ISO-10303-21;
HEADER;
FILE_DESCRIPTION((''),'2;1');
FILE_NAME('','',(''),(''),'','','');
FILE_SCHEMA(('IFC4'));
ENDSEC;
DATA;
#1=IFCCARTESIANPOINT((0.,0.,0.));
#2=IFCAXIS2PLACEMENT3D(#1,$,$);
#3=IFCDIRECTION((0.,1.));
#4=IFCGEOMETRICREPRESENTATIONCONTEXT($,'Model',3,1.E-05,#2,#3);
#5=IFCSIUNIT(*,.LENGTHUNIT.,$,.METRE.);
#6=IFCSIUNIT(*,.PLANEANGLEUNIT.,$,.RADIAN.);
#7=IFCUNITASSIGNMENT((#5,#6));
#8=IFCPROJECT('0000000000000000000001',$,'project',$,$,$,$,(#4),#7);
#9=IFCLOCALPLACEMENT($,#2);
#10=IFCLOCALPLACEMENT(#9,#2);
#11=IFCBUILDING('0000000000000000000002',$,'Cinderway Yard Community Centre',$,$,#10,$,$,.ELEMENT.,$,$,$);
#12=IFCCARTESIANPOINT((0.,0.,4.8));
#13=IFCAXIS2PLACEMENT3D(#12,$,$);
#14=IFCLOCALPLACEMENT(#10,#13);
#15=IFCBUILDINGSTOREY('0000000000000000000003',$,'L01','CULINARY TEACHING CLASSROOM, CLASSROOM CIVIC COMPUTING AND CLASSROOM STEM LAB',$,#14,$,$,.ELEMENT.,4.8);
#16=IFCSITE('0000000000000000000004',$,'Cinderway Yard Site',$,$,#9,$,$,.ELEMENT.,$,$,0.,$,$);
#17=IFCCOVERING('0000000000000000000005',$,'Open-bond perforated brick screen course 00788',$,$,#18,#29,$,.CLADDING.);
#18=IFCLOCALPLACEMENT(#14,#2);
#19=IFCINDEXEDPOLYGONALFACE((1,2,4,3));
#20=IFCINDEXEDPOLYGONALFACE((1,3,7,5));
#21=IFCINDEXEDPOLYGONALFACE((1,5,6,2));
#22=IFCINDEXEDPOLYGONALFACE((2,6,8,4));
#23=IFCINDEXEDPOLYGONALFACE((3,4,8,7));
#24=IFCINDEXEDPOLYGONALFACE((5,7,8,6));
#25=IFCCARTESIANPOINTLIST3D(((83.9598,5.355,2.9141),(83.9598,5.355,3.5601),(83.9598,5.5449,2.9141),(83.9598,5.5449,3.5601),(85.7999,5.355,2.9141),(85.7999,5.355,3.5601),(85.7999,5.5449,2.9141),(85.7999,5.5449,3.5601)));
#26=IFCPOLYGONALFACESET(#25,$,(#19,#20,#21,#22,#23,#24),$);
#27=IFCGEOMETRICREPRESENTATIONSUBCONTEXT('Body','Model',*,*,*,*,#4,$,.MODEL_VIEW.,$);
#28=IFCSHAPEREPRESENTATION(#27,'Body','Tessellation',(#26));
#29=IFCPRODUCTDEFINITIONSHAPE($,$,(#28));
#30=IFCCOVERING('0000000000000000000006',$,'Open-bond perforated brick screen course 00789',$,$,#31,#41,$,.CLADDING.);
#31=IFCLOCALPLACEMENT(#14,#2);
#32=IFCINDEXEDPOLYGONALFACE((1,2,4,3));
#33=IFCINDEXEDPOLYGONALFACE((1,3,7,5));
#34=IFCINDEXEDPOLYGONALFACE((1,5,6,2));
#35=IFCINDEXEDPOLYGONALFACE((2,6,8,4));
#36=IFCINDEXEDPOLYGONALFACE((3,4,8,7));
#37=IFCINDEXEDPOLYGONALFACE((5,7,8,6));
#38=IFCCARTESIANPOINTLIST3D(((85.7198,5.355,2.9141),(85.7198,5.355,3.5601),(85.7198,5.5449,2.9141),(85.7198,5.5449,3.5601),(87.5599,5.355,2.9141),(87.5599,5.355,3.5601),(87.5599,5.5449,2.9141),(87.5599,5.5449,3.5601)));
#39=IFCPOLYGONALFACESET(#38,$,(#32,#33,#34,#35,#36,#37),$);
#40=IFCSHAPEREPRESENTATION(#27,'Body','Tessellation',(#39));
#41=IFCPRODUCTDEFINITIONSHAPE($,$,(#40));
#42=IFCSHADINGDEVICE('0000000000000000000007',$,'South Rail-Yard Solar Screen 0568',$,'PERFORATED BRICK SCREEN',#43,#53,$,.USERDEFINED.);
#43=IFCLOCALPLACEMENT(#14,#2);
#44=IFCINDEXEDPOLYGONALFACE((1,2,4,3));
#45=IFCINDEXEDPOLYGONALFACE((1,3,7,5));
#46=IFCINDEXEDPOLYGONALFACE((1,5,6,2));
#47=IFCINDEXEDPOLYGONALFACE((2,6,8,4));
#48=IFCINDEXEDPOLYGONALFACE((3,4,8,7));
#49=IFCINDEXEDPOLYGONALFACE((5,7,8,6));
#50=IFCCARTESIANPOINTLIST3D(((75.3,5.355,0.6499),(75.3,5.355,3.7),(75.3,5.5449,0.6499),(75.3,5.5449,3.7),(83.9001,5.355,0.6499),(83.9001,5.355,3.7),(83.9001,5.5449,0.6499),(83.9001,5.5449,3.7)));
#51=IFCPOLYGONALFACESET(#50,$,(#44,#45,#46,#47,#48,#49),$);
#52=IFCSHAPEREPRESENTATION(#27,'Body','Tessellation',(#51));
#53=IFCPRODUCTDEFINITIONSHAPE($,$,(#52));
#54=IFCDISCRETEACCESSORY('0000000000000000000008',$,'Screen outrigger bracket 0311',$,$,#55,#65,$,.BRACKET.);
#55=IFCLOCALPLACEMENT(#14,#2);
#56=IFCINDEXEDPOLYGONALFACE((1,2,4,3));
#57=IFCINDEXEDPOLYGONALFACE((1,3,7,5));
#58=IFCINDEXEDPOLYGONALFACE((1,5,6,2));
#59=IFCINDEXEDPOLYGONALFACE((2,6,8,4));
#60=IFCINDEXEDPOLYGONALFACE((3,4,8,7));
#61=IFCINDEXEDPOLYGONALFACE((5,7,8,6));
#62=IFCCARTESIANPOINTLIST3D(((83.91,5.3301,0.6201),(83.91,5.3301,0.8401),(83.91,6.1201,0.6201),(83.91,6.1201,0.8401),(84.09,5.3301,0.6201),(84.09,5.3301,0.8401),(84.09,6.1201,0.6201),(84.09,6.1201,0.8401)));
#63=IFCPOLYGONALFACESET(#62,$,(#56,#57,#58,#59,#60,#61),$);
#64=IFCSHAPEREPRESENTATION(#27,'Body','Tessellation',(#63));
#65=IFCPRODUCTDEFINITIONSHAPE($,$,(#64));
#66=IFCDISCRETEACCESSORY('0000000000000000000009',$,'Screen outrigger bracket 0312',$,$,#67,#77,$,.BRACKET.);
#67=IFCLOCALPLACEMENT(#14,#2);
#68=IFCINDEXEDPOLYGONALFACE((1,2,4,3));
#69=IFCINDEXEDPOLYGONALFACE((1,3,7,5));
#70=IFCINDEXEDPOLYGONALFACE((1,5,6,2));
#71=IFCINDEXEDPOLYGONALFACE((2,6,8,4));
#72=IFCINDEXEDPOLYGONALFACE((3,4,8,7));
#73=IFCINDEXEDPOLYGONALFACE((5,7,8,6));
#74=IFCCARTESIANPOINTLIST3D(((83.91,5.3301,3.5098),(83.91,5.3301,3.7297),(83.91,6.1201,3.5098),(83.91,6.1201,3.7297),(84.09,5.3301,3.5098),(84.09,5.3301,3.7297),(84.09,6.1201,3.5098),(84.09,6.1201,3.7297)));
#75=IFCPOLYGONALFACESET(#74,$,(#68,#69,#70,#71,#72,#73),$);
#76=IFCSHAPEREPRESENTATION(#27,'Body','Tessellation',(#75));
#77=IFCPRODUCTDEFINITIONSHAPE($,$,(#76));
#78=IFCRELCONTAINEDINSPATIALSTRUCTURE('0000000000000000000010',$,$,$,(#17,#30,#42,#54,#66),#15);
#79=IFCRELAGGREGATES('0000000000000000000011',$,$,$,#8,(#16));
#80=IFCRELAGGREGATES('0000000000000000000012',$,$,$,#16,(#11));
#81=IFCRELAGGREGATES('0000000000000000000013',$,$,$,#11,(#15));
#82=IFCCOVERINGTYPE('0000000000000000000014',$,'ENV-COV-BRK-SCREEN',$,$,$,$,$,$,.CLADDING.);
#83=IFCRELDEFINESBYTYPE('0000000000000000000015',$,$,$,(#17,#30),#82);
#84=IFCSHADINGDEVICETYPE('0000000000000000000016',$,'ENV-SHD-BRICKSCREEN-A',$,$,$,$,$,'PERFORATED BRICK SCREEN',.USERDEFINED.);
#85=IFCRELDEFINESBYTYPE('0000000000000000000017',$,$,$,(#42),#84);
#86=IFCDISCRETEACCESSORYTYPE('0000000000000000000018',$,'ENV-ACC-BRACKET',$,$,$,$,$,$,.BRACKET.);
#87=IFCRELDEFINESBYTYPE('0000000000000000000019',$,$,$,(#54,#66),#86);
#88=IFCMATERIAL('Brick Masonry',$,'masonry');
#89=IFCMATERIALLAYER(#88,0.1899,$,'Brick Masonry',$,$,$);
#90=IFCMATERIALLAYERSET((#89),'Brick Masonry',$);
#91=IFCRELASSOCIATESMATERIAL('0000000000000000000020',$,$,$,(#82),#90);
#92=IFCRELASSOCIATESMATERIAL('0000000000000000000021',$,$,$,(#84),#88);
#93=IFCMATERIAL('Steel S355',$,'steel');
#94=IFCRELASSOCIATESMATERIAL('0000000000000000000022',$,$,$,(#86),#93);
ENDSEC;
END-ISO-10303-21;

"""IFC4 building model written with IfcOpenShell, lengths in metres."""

from ifc_helpers import new_model, si_unit, direction, frame, origin, origin_2d, place, context, subcontext, project, spatial, rectangle, extrude, material, layer, layer_set, type_object, element, save


model = new_model("IFC4")

# Units and contexts
model_context = context("Model", 3, precision=1e-05, world=origin(), true_north=direction((0.0, 1.0)))
body_context = subcontext(model_context, "Body", "Model", "MODEL_VIEW")
ifc_project = project(units=[si_unit("LENGTHUNIT", "METRE"), si_unit("PLANEANGLEUNIT", "RADIAN")], contexts=[model_context])

# Site, building, storey
site_placement = place(None, origin())
site = spatial("IfcSite", under=ifc_project, at=site_placement, Name="Cinderway Yard Site", CompositionType="ELEMENT", RefElevation=0.0)
building_placement = place(site_placement, origin())
building = spatial("IfcBuilding", under=site, at=building_placement, Name="Cinderway Yard Community Centre", CompositionType="ELEMENT")
storey_placement = place(building_placement, frame((0.0, 0.0, 4.8)))
storey = spatial("IfcBuildingStorey", under=building, at=storey_placement, Name="L01", Description="CULINARY TEACHING CLASSROOM, CLASSROOM CIVIC COMPUTING AND CLASSROOM STEM LAB", CompositionType="ELEMENT", Elevation=4.8)

# Shared definitions
ifc_material_1 = material(Name="Steel S355", Category="steel")

# Shared definitions
ifc_material_2 = material(Name="Brick Masonry", Category="masonry")

# Coverings
ifc_layer_1 = layer(ifc_material_2, 0.1899, Name="Brick Masonry")
ifc_layer_set_1 = layer_set([ifc_layer_1], Name="Brick Masonry")
covering_type = type_object("IfcCoveringType", Name="ENV-COV-BRK-SCREEN", PredefinedType="CLADDING", material=ifc_layer_set_1)
for number, where, z_axis, x_axis, name in (
    (1, (84.8799, 5.45, 2.9141), (0.0, 0.0, 1.0), (-1.0, 0.0, 0.0), "Open-bond perforated brick screen course 00788"),
    (2, (86.6399, 5.45, 2.9141), (0.0, 0.0, 1.0), (-1.0, 0.0, 0.0), "Open-bond perforated brick screen course 00789"),
):
    element("IfcCovering", number, at=place(storey_placement, frame(where, z_axis=z_axis, x_axis=x_axis)), inside=storey, type_object=covering_type, Name=name, PredefinedType="CLADDING", context=body_context, shape_type="SweptSolid", body=[
        extrude(rectangle(XDim=1.8401, YDim=0.1899, at=origin_2d()), origin(), (0.0, 0.0, 1.0), 0.646),
    ])

# Shading device
shading_device_type = type_object("IfcShadingDeviceType", Name="ENV-SHD-BRICKSCREEN-A", ElementType="PERFORATED BRICK SCREEN", PredefinedType="USERDEFINED", material=ifc_material_2)
shading_device_placement = place(storey_placement, frame((79.6001, 5.45, 0.6499), z_axis=(0.0, 0.0, 1.0), x_axis=(-1.0, 0.0, 0.0)))
element("IfcShadingDevice", 3, at=shading_device_placement, inside=storey, type_object=shading_device_type, Name="South Rail-Yard Solar Screen 0568", ObjectType="PERFORATED BRICK SCREEN", PredefinedType="USERDEFINED", context=body_context, shape_type="SweptSolid", body=[
    extrude(rectangle(XDim=8.6001, YDim=0.1899, at=origin_2d()), origin(), (0.0, 0.0, 1.0), 3.05),
])

# Discrete accessories
discrete_accessory_type = type_object("IfcDiscreteAccessoryType", Name="ENV-ACC-BRACKET", PredefinedType="BRACKET", material=ifc_material_1)
for number, where, z_axis, x_axis, name in (
    (4, (84.0, 5.7251, 0.6201), (0.0, 0.0, 1.0), (0.0, -1.0, 0.0), "Screen outrigger bracket 0311"),
    (5, (84.0, 5.7251, 3.5098), (0.0, 0.0, 1.0), (0.0, -1.0, 0.0), "Screen outrigger bracket 0312"),
):
    element("IfcDiscreteAccessory", number, at=place(storey_placement, frame(where, z_axis=z_axis, x_axis=x_axis)), inside=storey, type_object=discrete_accessory_type, Name=name, PredefinedType="BRACKET", context=body_context, shape_type="SweptSolid", body=[
        extrude(rectangle(XDim=0.79, YDim=0.1799, at=origin_2d()), origin(), (0.0, 0.0, 1.0), 0.22),
    ])

save(model, "model.ifc")
